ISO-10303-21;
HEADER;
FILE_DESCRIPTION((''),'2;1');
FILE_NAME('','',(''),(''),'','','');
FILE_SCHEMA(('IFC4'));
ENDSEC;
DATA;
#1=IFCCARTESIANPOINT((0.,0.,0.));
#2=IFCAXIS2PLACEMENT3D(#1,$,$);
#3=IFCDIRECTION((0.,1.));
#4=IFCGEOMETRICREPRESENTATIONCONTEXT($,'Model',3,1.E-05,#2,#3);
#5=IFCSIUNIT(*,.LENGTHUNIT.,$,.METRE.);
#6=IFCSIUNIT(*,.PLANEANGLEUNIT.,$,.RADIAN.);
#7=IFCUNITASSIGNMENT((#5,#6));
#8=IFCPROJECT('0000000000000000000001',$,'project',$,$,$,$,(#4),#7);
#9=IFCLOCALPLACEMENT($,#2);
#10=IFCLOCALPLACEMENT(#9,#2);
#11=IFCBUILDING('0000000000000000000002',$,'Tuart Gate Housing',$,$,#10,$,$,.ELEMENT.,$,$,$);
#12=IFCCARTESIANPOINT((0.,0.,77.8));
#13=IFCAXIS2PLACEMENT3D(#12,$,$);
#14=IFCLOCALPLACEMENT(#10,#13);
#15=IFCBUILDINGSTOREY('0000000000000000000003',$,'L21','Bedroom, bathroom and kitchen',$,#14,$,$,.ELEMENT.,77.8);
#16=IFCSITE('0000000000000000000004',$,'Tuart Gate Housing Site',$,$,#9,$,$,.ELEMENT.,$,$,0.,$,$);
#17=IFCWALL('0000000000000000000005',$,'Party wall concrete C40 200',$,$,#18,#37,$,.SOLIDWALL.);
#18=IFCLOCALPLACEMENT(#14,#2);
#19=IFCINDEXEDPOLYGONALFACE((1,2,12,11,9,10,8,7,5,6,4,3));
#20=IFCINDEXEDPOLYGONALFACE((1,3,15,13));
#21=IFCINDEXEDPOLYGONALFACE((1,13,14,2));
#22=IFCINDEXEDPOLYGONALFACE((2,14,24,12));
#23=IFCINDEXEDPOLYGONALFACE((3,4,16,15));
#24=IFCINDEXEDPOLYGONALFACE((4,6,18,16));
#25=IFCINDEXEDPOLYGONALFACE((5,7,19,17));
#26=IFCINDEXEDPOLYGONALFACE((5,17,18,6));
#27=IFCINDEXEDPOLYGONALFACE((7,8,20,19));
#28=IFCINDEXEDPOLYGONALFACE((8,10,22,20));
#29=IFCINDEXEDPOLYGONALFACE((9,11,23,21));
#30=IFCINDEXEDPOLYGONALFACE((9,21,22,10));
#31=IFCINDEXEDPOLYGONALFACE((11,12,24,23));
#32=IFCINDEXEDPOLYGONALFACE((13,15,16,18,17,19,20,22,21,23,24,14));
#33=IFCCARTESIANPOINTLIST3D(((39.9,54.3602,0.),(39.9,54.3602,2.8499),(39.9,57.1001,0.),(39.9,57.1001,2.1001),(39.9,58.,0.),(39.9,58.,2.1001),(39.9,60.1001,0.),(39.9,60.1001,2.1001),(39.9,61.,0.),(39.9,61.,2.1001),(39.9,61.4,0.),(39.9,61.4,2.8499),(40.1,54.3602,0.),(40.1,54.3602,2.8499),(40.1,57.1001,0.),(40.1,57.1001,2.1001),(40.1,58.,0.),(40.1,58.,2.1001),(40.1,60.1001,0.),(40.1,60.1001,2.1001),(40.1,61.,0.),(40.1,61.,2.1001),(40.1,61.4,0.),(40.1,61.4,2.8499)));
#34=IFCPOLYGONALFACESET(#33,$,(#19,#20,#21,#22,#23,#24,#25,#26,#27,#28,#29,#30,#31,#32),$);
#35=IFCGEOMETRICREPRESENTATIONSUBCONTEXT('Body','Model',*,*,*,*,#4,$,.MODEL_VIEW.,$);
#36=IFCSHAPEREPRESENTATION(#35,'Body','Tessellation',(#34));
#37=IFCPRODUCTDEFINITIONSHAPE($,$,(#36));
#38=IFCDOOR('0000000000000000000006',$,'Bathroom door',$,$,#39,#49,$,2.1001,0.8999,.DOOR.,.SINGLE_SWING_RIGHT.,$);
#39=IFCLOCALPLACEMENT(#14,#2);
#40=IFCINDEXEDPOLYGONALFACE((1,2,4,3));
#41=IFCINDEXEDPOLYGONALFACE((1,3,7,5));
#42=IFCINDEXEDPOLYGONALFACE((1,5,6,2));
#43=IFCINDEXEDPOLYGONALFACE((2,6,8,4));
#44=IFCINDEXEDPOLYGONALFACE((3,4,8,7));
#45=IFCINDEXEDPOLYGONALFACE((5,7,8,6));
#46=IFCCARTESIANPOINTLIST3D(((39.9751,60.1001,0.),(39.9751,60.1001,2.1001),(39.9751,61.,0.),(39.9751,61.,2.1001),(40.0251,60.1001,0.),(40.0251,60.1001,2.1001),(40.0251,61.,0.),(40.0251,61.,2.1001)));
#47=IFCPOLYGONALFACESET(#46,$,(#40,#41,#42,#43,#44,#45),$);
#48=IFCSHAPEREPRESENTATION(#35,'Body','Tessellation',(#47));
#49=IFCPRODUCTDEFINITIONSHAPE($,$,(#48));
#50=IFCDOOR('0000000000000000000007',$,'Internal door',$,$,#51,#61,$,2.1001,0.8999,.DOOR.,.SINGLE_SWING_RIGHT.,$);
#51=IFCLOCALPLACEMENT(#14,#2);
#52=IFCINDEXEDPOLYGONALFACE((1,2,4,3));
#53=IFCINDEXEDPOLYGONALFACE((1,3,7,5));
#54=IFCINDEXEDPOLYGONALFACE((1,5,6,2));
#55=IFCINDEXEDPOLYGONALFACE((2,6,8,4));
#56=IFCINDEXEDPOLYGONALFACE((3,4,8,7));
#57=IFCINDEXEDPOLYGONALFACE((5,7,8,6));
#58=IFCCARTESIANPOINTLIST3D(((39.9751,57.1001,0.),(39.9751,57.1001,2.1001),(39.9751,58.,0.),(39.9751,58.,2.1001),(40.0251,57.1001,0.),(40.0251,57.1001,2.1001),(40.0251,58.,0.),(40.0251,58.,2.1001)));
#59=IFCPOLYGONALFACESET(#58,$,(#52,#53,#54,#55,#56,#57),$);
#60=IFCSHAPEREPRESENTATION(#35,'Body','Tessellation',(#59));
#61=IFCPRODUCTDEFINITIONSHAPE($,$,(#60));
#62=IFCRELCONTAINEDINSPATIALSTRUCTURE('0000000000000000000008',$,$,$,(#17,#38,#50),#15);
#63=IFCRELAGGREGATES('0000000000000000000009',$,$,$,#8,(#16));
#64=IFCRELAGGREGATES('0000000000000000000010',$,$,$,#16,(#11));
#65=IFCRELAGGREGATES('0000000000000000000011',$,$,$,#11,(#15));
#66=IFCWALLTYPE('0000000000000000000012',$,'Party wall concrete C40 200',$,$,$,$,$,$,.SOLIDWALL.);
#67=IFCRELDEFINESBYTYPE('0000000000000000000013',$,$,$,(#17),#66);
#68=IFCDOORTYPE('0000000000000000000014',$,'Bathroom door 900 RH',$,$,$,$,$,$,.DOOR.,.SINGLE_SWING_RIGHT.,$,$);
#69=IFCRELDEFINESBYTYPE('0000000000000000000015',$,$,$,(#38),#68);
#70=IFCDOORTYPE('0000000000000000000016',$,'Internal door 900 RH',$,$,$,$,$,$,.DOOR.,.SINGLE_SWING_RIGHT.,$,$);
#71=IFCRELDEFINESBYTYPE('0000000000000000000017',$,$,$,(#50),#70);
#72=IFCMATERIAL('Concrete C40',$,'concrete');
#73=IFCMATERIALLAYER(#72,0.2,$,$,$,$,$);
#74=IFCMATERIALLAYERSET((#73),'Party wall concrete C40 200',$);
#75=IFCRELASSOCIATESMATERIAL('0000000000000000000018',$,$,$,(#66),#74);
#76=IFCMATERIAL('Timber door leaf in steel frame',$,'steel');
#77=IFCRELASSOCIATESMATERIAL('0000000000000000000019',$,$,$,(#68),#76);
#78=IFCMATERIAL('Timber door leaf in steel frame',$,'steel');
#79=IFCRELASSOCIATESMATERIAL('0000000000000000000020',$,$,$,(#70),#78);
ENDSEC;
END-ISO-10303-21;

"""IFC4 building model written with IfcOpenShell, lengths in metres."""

from ifc_helpers import new_model, si_unit, direction, frame, frame_2d, origin, place, context, subcontext, project, spatial, rectangle, extrude, material, layer, layer_set, type_object, element, fill, save


model = new_model("IFC4")

# Units and contexts
model_context = context("Model", 3, precision=1e-05, world=origin(), true_north=direction((0.0, 1.0)))
body_context = subcontext(model_context, "Body", "Model", "MODEL_VIEW")
ifc_project = project(units=[si_unit("LENGTHUNIT", "METRE"), si_unit("PLANEANGLEUNIT", "RADIAN")], contexts=[model_context])

# Site, building, storey
site_placement = place(None, origin())
site = spatial("IfcSite", under=ifc_project, at=site_placement, Name="Tuart Gate Housing Site", CompositionType="ELEMENT", RefElevation=0.0)
building_placement = place(site_placement, origin())
building = spatial("IfcBuilding", under=site, at=building_placement, Name="Tuart Gate Housing", CompositionType="ELEMENT")
storey_placement = place(building_placement, frame((0.0, 0.0, 77.8)))
storey = spatial("IfcBuildingStorey", under=building, at=storey_placement, Name="L21", Description="Bedroom, bathroom and kitchen", CompositionType="ELEMENT", Elevation=77.8)

# Shared definitions
ifc_material_1 = material(Name="Concrete C40", Category="concrete")
ifc_layer_1 = layer(ifc_material_1, 0.2)
ifc_layer_set_1 = layer_set([ifc_layer_1], Name="Party wall concrete C40 200")
wall_type_1 = type_object("IfcWallType", Name="Party wall concrete C40 200", PredefinedType="SOLIDWALL", material=ifc_layer_set_1)

# Wall, openings, doors
wall_1_placement = place(storey_placement, frame((40.0, 54.3601, 0.0), z_axis=(0.0, 0.0, 1.0), x_axis=(0.0, 1.0, 0.0)))
wall_1 = element("IfcWall", 1, at=wall_1_placement, inside=storey, type_object=wall_type_1, Name="Party wall concrete C40 200", PredefinedType="SOLIDWALL", context=body_context, shape_type="SweptSolid", body=[
    extrude(rectangle(XDim=7.0398, YDim=0.2, at=frame_2d((3.52, 0.0))), origin(), (0.0, 0.0, 1.0), 2.8499),
])
opening_1_placement = place(wall_1_placement, frame((2.74, 0.0, 0.0)))
opening_1 = element("IfcOpeningElement", 2, at=opening_1_placement, cuts=wall_1, PredefinedType="OPENING", context=body_context, shape_type="SweptSolid", body=[
    extrude(rectangle(XDim=0.8999, YDim=2.1001, at=frame_2d((0.45, 1.05))), frame((0.0, 0.1099, 0.0), z_axis=(0.0, -1.0, 0.0), x_axis=(1.0, 0.0, 0.0)), (0.0, 0.0, 1.0), 0.22),
])
opening_2_placement = place(wall_1_placement, frame((5.74, 0.0, 0.0)))
opening_2 = element("IfcOpeningElement", 3, at=opening_2_placement, cuts=wall_1, PredefinedType="OPENING", context=body_context, shape_type="SweptSolid", body=[
    extrude(rectangle(XDim=0.8999, YDim=2.1001, at=frame_2d((0.45, 1.05))), frame((0.0, 0.1099, 0.0), z_axis=(0.0, -1.0, 0.0), x_axis=(1.0, 0.0, 0.0)), (0.0, 0.0, 1.0), 0.22),
])
ifc_material_2 = material(Name="Timber door leaf in steel frame", Category="steel")
door_type_1 = type_object("IfcDoorType", Name="Bathroom door 900 RH", OperationType="SINGLE_SWING_RIGHT", PredefinedType="DOOR", material=ifc_material_2)
door_1_placement = place(opening_2_placement, origin())
door_1 = element("IfcDoor", 4, at=door_1_placement, inside=storey, type_object=door_type_1, Name="Bathroom door", OperationType="SINGLE_SWING_RIGHT", OverallHeight=2.1001, OverallWidth=0.8999, PredefinedType="DOOR", context=body_context, shape_type="SweptSolid", body=[
    extrude(rectangle(XDim=0.8999, YDim=2.1001, at=frame_2d((0.45, 1.05))), frame((0.0, 0.0249, 0.0), z_axis=(0.0, -1.0, 0.0), x_axis=(1.0, 0.0, 0.0)), (0.0, 0.0, 1.0), 0.05),
])
fill(opening_2, door_1)
ifc_material_3 = material(Name="Timber door leaf in steel frame", Category="steel")
door_type_2 = type_object("IfcDoorType", Name="Internal door 900 RH", OperationType="SINGLE_SWING_RIGHT", PredefinedType="DOOR", material=ifc_material_3)
door_2_placement = place(opening_1_placement, origin())
door_2 = element("IfcDoor", 5, at=door_2_placement, inside=storey, type_object=door_type_2, Name="Internal door", OperationType="SINGLE_SWING_RIGHT", OverallHeight=2.1001, OverallWidth=0.8999, PredefinedType="DOOR", context=body_context, shape_type="SweptSolid", body=[
    extrude(rectangle(XDim=0.8999, YDim=2.1001, at=frame_2d((0.45, 1.05))), frame((0.0, 0.0249, 0.0), z_axis=(0.0, -1.0, 0.0), x_axis=(1.0, 0.0, 0.0)), (0.0, 0.0, 1.0), 0.05),
])
fill(opening_1, door_2)

save(model, "model.ifc")
